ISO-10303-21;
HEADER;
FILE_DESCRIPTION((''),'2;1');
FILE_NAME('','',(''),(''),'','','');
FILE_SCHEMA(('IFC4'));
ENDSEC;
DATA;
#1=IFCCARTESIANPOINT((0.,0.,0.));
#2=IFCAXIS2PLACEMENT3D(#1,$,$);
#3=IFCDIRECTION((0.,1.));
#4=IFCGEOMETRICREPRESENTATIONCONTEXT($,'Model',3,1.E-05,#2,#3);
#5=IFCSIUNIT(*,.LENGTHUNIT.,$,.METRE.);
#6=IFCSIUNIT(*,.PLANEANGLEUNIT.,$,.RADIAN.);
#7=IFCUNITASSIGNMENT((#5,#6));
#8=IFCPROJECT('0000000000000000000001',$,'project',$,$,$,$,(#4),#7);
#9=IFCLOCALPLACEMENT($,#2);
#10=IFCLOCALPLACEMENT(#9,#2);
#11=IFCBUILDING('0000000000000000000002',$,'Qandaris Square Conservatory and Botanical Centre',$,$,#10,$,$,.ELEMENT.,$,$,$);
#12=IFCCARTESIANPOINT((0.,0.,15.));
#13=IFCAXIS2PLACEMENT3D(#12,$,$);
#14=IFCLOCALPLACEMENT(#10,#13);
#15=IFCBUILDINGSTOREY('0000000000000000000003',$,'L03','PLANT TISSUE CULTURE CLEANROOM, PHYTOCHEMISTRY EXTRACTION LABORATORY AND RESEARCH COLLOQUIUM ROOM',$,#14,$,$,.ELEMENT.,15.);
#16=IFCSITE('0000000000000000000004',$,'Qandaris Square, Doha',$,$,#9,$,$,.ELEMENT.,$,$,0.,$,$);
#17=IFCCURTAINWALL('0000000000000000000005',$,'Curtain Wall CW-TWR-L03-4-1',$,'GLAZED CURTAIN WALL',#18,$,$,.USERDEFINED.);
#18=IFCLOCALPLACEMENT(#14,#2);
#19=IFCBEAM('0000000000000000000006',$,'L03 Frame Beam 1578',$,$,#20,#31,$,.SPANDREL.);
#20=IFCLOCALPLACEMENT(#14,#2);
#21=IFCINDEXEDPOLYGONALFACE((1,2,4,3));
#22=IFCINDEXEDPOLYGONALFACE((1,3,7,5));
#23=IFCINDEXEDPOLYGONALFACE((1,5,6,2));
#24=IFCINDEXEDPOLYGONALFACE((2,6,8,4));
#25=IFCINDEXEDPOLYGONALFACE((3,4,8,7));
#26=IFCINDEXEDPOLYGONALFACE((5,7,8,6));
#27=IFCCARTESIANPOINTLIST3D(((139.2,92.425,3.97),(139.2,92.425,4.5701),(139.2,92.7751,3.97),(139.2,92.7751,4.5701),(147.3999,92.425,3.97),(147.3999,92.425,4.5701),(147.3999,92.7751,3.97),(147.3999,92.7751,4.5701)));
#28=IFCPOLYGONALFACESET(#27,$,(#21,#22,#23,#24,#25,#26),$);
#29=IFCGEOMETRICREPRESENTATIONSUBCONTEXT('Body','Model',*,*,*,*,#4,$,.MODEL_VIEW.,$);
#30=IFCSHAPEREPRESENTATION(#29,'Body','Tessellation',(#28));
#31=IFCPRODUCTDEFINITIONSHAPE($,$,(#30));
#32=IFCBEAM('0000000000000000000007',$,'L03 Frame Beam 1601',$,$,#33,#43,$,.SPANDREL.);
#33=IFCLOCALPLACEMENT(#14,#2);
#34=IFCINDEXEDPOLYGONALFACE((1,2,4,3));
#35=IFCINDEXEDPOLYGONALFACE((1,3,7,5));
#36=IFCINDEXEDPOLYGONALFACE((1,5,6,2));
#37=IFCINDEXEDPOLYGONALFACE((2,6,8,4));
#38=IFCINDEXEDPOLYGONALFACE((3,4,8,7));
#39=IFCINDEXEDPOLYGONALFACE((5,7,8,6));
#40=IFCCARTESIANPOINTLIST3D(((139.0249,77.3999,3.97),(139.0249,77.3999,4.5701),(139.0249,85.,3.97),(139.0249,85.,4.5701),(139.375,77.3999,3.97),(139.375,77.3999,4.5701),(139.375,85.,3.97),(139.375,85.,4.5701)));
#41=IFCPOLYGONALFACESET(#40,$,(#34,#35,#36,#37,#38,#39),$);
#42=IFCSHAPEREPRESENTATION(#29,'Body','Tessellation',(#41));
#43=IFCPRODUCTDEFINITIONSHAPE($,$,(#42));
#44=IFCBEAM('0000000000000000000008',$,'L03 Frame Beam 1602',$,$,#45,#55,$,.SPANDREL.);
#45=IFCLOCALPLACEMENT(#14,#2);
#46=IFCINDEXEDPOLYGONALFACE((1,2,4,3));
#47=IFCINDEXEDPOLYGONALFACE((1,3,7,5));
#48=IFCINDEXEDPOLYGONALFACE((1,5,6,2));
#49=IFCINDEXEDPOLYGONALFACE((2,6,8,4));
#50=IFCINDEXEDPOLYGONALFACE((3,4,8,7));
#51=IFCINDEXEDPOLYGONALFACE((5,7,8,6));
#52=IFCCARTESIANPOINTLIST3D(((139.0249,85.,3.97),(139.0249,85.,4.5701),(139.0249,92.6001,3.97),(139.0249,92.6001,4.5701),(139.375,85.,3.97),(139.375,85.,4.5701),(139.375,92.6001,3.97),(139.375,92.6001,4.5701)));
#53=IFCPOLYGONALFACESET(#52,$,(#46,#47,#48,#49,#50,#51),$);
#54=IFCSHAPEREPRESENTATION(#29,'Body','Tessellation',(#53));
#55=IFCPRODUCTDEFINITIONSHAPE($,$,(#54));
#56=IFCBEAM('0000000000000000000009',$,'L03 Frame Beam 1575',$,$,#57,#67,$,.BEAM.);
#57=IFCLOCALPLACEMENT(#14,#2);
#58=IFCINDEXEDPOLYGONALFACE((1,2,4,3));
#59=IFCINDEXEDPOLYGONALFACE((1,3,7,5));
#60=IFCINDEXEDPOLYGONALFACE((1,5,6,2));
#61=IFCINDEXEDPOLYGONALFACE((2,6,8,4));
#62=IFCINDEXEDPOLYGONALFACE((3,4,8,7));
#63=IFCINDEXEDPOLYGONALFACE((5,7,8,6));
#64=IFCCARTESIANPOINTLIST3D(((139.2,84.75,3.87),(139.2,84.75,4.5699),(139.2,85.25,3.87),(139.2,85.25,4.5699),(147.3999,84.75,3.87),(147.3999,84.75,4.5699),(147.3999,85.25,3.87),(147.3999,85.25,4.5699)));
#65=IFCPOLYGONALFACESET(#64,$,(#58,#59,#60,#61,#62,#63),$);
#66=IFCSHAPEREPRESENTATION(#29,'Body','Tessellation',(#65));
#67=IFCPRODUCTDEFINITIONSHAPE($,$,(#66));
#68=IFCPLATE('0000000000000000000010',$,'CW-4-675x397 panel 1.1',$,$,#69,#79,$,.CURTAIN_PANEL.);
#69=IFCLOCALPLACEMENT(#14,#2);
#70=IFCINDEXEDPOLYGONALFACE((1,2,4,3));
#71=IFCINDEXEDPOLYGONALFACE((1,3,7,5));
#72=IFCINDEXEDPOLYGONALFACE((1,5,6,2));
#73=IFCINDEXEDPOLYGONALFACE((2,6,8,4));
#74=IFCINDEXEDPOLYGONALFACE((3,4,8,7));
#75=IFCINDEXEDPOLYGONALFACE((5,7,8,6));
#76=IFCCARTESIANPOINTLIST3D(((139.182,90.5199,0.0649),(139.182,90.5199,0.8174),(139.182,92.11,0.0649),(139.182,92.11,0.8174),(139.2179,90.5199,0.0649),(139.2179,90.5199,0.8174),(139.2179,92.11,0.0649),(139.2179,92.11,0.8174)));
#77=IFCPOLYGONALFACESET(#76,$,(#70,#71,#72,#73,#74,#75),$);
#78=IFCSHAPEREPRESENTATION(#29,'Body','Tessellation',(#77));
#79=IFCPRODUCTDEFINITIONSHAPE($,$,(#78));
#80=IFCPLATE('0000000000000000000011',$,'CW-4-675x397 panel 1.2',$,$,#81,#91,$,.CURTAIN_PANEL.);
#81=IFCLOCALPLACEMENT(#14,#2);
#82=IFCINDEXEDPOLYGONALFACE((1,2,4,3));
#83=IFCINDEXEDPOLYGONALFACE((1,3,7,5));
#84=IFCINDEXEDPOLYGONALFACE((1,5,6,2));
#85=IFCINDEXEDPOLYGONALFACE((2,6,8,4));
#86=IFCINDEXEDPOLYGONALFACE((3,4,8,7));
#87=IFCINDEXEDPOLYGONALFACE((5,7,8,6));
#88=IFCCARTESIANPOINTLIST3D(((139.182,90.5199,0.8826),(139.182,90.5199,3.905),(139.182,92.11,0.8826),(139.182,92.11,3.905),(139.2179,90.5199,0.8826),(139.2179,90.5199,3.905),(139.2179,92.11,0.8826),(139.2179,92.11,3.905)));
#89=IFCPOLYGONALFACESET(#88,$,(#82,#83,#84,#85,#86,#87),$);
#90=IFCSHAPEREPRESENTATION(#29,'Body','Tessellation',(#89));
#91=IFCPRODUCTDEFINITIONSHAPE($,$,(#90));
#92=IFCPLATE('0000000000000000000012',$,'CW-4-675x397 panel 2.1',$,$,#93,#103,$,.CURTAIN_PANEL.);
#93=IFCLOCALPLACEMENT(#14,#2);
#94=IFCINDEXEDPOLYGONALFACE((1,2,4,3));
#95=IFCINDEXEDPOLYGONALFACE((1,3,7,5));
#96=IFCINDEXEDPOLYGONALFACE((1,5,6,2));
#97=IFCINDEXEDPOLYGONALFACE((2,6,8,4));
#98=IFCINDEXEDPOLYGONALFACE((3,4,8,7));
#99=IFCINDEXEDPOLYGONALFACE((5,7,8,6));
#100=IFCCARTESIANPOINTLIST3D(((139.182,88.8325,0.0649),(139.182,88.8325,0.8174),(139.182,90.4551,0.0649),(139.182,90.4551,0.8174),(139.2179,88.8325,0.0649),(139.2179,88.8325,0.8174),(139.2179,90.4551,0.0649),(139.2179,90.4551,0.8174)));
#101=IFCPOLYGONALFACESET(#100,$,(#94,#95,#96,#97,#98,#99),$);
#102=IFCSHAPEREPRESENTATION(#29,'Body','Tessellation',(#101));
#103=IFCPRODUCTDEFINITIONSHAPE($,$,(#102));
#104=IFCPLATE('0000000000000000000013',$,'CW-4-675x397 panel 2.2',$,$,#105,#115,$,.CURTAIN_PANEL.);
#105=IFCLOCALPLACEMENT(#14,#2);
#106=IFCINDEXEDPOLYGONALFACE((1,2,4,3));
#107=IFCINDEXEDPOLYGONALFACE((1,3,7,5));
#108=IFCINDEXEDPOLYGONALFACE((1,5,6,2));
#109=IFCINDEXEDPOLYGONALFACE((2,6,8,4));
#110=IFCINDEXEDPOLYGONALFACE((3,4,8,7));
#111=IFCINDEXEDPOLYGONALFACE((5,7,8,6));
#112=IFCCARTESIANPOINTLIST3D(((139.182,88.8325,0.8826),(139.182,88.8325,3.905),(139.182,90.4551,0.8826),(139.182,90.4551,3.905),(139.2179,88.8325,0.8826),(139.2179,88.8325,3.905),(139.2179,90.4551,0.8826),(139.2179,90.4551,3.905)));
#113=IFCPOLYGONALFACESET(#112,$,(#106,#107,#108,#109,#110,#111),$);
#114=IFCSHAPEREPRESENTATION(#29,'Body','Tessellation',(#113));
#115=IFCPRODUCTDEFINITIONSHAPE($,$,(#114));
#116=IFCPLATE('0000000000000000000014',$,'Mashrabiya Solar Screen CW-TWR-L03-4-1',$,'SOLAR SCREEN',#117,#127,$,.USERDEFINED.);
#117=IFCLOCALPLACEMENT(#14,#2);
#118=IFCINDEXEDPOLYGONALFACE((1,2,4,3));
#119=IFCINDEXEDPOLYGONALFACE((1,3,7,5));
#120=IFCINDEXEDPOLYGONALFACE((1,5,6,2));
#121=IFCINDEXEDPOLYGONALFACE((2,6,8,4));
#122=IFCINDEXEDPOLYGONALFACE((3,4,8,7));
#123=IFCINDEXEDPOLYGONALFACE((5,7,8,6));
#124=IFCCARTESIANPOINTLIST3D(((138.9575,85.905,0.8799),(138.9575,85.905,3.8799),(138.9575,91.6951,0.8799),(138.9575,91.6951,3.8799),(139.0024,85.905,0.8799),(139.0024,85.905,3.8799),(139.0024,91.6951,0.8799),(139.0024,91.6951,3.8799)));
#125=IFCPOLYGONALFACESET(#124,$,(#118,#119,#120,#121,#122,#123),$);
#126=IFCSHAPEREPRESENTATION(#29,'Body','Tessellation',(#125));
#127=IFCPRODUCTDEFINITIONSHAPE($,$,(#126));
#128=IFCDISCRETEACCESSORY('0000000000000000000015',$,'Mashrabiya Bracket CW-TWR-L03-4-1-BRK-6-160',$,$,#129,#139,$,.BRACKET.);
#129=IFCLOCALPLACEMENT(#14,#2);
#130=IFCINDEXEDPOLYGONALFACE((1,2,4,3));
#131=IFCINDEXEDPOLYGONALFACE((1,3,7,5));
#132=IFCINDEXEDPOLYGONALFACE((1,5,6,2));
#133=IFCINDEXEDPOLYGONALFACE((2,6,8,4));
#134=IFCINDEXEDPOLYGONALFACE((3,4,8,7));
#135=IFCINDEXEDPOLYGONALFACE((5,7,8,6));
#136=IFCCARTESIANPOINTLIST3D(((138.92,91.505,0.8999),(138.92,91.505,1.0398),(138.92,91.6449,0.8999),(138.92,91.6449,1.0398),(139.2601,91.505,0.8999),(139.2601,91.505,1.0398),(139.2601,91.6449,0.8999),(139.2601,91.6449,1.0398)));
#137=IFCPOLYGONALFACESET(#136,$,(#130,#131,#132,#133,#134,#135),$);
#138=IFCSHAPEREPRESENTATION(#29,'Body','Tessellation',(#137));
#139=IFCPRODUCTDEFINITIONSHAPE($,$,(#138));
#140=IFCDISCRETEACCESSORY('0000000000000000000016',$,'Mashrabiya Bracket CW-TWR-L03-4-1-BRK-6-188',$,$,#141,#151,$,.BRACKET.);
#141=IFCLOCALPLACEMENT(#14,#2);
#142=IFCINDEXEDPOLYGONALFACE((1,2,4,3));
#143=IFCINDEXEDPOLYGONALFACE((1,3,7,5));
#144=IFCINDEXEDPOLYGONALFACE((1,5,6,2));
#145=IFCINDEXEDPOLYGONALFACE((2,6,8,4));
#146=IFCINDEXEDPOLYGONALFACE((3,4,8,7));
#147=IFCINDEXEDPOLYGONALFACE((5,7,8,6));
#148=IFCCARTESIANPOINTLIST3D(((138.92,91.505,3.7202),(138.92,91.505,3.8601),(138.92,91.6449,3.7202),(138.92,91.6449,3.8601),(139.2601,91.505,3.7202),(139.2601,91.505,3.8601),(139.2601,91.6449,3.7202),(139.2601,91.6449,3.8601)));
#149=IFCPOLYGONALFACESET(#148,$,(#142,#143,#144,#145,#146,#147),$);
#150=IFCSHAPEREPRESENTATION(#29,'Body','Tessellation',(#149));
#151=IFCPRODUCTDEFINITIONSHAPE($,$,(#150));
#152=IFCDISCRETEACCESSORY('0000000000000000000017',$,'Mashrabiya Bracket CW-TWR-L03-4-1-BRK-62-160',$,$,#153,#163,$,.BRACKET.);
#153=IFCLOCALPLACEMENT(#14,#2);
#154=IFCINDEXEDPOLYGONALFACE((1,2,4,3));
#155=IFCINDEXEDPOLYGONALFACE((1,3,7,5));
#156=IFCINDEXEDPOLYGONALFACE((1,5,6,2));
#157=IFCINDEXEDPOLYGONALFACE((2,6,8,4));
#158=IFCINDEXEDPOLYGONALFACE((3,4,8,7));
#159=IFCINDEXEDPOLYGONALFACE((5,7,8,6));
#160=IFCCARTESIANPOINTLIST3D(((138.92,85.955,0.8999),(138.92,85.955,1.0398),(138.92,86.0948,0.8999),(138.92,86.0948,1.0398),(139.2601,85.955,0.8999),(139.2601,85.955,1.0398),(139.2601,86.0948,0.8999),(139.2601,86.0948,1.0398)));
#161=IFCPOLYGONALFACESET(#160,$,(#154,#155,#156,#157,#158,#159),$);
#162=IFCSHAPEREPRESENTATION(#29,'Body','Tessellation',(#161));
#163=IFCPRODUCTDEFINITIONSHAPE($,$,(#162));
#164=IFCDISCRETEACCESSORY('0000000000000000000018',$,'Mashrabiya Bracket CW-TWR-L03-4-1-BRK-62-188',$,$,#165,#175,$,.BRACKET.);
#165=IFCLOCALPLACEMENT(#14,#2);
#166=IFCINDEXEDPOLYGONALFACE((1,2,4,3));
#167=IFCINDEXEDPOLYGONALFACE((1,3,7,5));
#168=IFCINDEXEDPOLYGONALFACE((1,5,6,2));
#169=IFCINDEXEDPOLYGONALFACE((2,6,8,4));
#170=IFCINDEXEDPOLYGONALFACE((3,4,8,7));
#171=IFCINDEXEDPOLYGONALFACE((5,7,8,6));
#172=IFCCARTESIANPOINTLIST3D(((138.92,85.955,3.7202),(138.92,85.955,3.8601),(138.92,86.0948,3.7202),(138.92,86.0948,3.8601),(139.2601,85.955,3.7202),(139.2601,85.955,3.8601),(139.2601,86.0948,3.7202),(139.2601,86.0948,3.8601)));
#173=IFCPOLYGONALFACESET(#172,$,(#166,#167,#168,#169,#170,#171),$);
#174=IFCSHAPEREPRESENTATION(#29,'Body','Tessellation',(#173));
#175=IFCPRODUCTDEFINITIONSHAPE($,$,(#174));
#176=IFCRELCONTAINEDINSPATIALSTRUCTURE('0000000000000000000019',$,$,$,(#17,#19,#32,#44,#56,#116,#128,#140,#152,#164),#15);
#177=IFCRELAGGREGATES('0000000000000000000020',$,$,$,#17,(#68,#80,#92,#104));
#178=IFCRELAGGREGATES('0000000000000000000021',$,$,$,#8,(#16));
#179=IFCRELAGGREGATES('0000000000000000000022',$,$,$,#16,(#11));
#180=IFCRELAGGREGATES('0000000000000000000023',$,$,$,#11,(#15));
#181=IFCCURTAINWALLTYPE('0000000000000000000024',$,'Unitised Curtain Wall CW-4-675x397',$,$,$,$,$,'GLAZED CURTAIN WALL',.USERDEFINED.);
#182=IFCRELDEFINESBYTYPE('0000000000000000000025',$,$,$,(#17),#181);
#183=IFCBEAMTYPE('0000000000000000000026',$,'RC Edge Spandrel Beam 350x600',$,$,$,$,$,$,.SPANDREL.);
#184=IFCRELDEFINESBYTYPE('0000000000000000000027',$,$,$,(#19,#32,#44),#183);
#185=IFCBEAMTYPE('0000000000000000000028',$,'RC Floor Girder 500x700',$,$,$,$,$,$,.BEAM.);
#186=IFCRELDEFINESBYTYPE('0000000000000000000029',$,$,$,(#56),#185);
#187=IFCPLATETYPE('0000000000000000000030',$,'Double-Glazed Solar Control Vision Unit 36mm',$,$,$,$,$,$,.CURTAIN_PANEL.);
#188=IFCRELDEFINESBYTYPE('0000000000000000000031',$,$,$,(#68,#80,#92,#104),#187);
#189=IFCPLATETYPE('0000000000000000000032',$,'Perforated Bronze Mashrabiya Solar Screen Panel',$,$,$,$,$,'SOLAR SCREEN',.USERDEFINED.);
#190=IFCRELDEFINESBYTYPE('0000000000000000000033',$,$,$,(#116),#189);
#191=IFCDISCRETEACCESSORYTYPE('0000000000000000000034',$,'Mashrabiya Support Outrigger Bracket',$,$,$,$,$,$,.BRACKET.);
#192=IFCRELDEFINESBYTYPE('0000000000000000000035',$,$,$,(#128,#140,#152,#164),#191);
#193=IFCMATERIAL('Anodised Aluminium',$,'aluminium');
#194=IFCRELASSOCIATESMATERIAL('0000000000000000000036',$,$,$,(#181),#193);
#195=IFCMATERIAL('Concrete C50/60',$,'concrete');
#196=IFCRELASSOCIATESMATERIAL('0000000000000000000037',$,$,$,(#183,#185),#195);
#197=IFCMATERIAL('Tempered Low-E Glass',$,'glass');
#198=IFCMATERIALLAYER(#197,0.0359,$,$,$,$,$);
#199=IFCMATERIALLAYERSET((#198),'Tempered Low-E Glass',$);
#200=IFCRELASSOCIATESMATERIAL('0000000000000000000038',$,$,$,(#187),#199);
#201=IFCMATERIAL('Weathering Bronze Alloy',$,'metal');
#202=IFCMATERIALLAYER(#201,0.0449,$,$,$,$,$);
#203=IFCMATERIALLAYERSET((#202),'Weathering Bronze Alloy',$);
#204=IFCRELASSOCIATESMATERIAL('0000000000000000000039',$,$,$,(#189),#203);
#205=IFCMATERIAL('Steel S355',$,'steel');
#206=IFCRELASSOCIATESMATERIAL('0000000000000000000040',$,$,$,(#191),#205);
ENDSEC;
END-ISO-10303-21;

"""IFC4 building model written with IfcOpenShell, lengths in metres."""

from ifc_helpers import new_model, si_unit, direction, frame, origin, origin_2d, place, context, subcontext, project, spatial, rectangle, extrude, material, layer, layer_set, material_profile, profile_set, type_object, element, aggregate, save


model = new_model("IFC4")

# Units and contexts
model_context = context("Model", 3, precision=1e-05, world=origin(), true_north=direction((0.0, 1.0)))
body_context = subcontext(model_context, "Body", "Model", "MODEL_VIEW")
ifc_project = project(units=[si_unit("LENGTHUNIT", "METRE"), si_unit("PLANEANGLEUNIT", "RADIAN")], contexts=[model_context])

# Site, building, storey
site_placement = place(None, origin())
site = spatial("IfcSite", under=ifc_project, at=site_placement, Name="Qandaris Square, Doha", CompositionType="ELEMENT", RefElevation=0.0)
building_placement = place(site_placement, origin())
building = spatial("IfcBuilding", under=site, at=building_placement, Name="Qandaris Square Conservatory and Botanical Centre", CompositionType="ELEMENT")
storey_placement = place(building_placement, frame((0.0, 0.0, 15.0)))
storey = spatial("IfcBuildingStorey", under=building, at=storey_placement, Name="L03", Description="PLANT TISSUE CULTURE CLEANROOM, PHYTOCHEMISTRY EXTRACTION LABORATORY AND RESEARCH COLLOQUIUM ROOM", CompositionType="ELEMENT", Elevation=15.0)

# Shared definitions
ifc_material_1 = material(Name="Concrete C50/60", Category="concrete")

# Curtain wall
ifc_material_2 = material(Name="Anodised Aluminium", Category="aluminium")
curtain_wall_type = type_object("IfcCurtainWallType", Name="Unitised Curtain Wall CW-4-675x397", ElementType="GLAZED CURTAIN WALL", PredefinedType="USERDEFINED", material=ifc_material_2)
curtain_wall_placement = place(storey_placement, origin())
curtain_wall = element("IfcCurtainWall", 1, at=curtain_wall_placement, inside=storey, type_object=curtain_wall_type, Name="Curtain Wall CW-TWR-L03-4-1", ObjectType="GLAZED CURTAIN WALL", PredefinedType="USERDEFINED")

# Beams
ifc_material_profile_1 = material_profile(ifc_material_1, rectangle(XDim=0.3501, YDim=0.6001, at=origin_2d()), Name="RC-SP 350x600")
ifc_profile_set_1 = profile_set([ifc_material_profile_1], Name="Concrete C50/60")
beam_type_1 = type_object("IfcBeamType", Name="RC Edge Spandrel Beam 350x600", PredefinedType="SPANDREL", material=ifc_profile_set_1)
beam_1_placement = place(storey_placement, frame((139.2, 92.6001, 4.27), z_axis=(1.0, 0.0, 0.0), x_axis=(0.0, 1.0, 0.0)))
element("IfcBeam", 2, at=beam_1_placement, inside=storey, type_object=beam_type_1, Name="L03 Frame Beam 1578", PredefinedType="SPANDREL", context=body_context, shape_type="SweptSolid", body=[
    extrude(rectangle(XDim=0.3501, YDim=0.6001, at=origin_2d()), origin(), (0.0, 0.0, 1.0), 8.2),
])
for number, where, z_axis, x_axis, name in (
    (3, (139.2, 77.3999, 4.27), (0.0, 1.0, 0.0), (-1.0, 0.0, 0.0), "L03 Frame Beam 1601"),
    (4, (139.2, 85.0, 4.27), (0.0, 1.0, 0.0), (-1.0, 0.0, 0.0), "L03 Frame Beam 1602"),
):
    element("IfcBeam", number, at=place(storey_placement, frame(where, z_axis=z_axis, x_axis=x_axis)), inside=storey, type_object=beam_type_1, Name=name, PredefinedType="SPANDREL", context=body_context, shape_type="SweptSolid", body=[
        extrude(rectangle(XDim=0.3501, YDim=0.6001, at=origin_2d()), origin(), (0.0, 0.0, 1.0), 7.6001),
    ])
ifc_material_profile_2 = material_profile(ifc_material_1, rectangle(XDim=0.5, YDim=0.7, at=origin_2d()), Name="RC-BM 500x700")
ifc_profile_set_2 = profile_set([ifc_material_profile_2], Name="Concrete C50/60")
beam_type_2 = type_object("IfcBeamType", Name="RC Floor Girder 500x700", PredefinedType="BEAM", material=ifc_profile_set_2)
beam_2_placement = place(storey_placement, frame((139.2, 85.0, 4.22), z_axis=(1.0, 0.0, 0.0), x_axis=(0.0, 1.0, 0.0)))
element("IfcBeam", 5, at=beam_2_placement, inside=storey, type_object=beam_type_2, Name="L03 Frame Beam 1575", PredefinedType="BEAM", context=body_context, shape_type="SweptSolid", body=[
    extrude(rectangle(XDim=0.5, YDim=0.7, at=origin_2d()), origin(), (0.0, 0.0, 1.0), 8.2),
])

# Plates
ifc_material_3 = material(Name="Tempered Low-E Glass", Category="glass")
ifc_layer_1 = layer(ifc_material_3, 0.0359)
ifc_layer_set_1 = layer_set([ifc_layer_1], Name="Tempered Low-E Glass")
plate_type_1 = type_object("IfcPlateType", Name="Double-Glazed Solar Control Vision Unit 36mm", PredefinedType="CURTAIN_PANEL", material=ifc_layer_set_1)
plate_1_placement = place(storey_placement, frame((139.2, 91.3149, 0.0649), z_axis=(0.0, 0.0, 1.0), x_axis=(0.0, -1.0, 0.0)))
plate_1 = element("IfcPlate", 6, at=plate_1_placement, type_object=plate_type_1, Name="CW-4-675x397 panel 1.1", PredefinedType="CURTAIN_PANEL", context=body_context, shape_type="SweptSolid", body=[
    extrude(rectangle(XDim=1.5901, YDim=0.0359, at=origin_2d()), origin(), (0.0, 0.0, 1.0), 0.7524),
])
plate_2_placement = place(storey_placement, frame((139.2, 91.3149, 0.8826), z_axis=(0.0, 0.0, 1.0), x_axis=(0.0, -1.0, 0.0)))
plate_2 = element("IfcPlate", 7, at=plate_2_placement, type_object=plate_type_1, Name="CW-4-675x397 panel 1.2", PredefinedType="CURTAIN_PANEL", context=body_context, shape_type="SweptSolid", body=[
    extrude(rectangle(XDim=1.5901, YDim=0.0359, at=origin_2d()), origin(), (0.0, 0.0, 1.0), 3.0225),
])
plate_3_placement = place(storey_placement, frame((139.2, 89.6438, 0.0649), z_axis=(0.0, 0.0, 1.0), x_axis=(0.0, -1.0, 0.0)))
plate_3 = element("IfcPlate", 8, at=plate_3_placement, type_object=plate_type_1, Name="CW-4-675x397 panel 2.1", PredefinedType="CURTAIN_PANEL", context=body_context, shape_type="SweptSolid", body=[
    extrude(rectangle(XDim=1.6226, YDim=0.0359, at=origin_2d()), origin(), (0.0, 0.0, 1.0), 0.7524),
])
plate_4_placement = place(storey_placement, frame((139.2, 89.6438, 0.8826), z_axis=(0.0, 0.0, 1.0), x_axis=(0.0, -1.0, 0.0)))
plate_4 = element("IfcPlate", 9, at=plate_4_placement, type_object=plate_type_1, Name="CW-4-675x397 panel 2.2", PredefinedType="CURTAIN_PANEL", context=body_context, shape_type="SweptSolid", body=[
    extrude(rectangle(XDim=1.6226, YDim=0.0359, at=origin_2d()), origin(), (0.0, 0.0, 1.0), 3.0225),
])
aggregate(curtain_wall, [plate_1, plate_2, plate_3, plate_4])
ifc_material_4 = material(Name="Weathering Bronze Alloy", Category="metal")
ifc_layer_2 = layer(ifc_material_4, 0.0449)
ifc_layer_set_2 = layer_set([ifc_layer_2], Name="Weathering Bronze Alloy")
plate_type_2 = type_object("IfcPlateType", Name="Perforated Bronze Mashrabiya Solar Screen Panel", ElementType="SOLAR SCREEN", PredefinedType="USERDEFINED", material=ifc_layer_set_2)
plate_5_placement = place(storey_placement, frame((138.98, 88.8, 0.8799), z_axis=(0.0, 0.0, 1.0), x_axis=(0.0, -1.0, 0.0)))
element("IfcPlate", 10, at=plate_5_placement, inside=storey, type_object=plate_type_2, Name="Mashrabiya Solar Screen CW-TWR-L03-4-1", ObjectType="SOLAR SCREEN", PredefinedType="USERDEFINED", context=body_context, shape_type="SweptSolid", body=[
    extrude(rectangle(XDim=5.79, YDim=0.0449, at=origin_2d()), origin(), (0.0, 0.0, 1.0), 3.0),
])

# Discrete accessories
ifc_material_5 = material(Name="Steel S355", Category="steel")
discrete_accessory_type = type_object("IfcDiscreteAccessoryType", Name="Mashrabiya Support Outrigger Bracket", PredefinedType="BRACKET", material=ifc_material_5)
for number, where, z_axis, x_axis, name in (
    (11, (139.0901, 91.575, 0.8999), (0.0, 0.0, 1.0), (0.0, -1.0, 0.0), "Mashrabiya Bracket CW-TWR-L03-4-1-BRK-6-160"),
    (12, (139.0901, 91.575, 3.7202), (0.0, 0.0, 1.0), (0.0, -1.0, 0.0), "Mashrabiya Bracket CW-TWR-L03-4-1-BRK-6-188"),
    (13, (139.0901, 86.0249, 0.8999), (0.0, 0.0, 1.0), (0.0, -1.0, 0.0), "Mashrabiya Bracket CW-TWR-L03-4-1-BRK-62-160"),
    (14, (139.0901, 86.0249, 3.7202), (0.0, 0.0, 1.0), (0.0, -1.0, 0.0), "Mashrabiya Bracket CW-TWR-L03-4-1-BRK-62-188"),
):
    element("IfcDiscreteAccessory", number, at=place(storey_placement, frame(where, z_axis=z_axis, x_axis=x_axis)), inside=storey, type_object=discrete_accessory_type, Name=name, PredefinedType="BRACKET", context=body_context, shape_type="SweptSolid", body=[
        extrude(rectangle(XDim=0.1399, YDim=0.3401, at=origin_2d()), origin(), (0.0, 0.0, 1.0), 0.1399),
    ])

save(model, "model.ifc")
